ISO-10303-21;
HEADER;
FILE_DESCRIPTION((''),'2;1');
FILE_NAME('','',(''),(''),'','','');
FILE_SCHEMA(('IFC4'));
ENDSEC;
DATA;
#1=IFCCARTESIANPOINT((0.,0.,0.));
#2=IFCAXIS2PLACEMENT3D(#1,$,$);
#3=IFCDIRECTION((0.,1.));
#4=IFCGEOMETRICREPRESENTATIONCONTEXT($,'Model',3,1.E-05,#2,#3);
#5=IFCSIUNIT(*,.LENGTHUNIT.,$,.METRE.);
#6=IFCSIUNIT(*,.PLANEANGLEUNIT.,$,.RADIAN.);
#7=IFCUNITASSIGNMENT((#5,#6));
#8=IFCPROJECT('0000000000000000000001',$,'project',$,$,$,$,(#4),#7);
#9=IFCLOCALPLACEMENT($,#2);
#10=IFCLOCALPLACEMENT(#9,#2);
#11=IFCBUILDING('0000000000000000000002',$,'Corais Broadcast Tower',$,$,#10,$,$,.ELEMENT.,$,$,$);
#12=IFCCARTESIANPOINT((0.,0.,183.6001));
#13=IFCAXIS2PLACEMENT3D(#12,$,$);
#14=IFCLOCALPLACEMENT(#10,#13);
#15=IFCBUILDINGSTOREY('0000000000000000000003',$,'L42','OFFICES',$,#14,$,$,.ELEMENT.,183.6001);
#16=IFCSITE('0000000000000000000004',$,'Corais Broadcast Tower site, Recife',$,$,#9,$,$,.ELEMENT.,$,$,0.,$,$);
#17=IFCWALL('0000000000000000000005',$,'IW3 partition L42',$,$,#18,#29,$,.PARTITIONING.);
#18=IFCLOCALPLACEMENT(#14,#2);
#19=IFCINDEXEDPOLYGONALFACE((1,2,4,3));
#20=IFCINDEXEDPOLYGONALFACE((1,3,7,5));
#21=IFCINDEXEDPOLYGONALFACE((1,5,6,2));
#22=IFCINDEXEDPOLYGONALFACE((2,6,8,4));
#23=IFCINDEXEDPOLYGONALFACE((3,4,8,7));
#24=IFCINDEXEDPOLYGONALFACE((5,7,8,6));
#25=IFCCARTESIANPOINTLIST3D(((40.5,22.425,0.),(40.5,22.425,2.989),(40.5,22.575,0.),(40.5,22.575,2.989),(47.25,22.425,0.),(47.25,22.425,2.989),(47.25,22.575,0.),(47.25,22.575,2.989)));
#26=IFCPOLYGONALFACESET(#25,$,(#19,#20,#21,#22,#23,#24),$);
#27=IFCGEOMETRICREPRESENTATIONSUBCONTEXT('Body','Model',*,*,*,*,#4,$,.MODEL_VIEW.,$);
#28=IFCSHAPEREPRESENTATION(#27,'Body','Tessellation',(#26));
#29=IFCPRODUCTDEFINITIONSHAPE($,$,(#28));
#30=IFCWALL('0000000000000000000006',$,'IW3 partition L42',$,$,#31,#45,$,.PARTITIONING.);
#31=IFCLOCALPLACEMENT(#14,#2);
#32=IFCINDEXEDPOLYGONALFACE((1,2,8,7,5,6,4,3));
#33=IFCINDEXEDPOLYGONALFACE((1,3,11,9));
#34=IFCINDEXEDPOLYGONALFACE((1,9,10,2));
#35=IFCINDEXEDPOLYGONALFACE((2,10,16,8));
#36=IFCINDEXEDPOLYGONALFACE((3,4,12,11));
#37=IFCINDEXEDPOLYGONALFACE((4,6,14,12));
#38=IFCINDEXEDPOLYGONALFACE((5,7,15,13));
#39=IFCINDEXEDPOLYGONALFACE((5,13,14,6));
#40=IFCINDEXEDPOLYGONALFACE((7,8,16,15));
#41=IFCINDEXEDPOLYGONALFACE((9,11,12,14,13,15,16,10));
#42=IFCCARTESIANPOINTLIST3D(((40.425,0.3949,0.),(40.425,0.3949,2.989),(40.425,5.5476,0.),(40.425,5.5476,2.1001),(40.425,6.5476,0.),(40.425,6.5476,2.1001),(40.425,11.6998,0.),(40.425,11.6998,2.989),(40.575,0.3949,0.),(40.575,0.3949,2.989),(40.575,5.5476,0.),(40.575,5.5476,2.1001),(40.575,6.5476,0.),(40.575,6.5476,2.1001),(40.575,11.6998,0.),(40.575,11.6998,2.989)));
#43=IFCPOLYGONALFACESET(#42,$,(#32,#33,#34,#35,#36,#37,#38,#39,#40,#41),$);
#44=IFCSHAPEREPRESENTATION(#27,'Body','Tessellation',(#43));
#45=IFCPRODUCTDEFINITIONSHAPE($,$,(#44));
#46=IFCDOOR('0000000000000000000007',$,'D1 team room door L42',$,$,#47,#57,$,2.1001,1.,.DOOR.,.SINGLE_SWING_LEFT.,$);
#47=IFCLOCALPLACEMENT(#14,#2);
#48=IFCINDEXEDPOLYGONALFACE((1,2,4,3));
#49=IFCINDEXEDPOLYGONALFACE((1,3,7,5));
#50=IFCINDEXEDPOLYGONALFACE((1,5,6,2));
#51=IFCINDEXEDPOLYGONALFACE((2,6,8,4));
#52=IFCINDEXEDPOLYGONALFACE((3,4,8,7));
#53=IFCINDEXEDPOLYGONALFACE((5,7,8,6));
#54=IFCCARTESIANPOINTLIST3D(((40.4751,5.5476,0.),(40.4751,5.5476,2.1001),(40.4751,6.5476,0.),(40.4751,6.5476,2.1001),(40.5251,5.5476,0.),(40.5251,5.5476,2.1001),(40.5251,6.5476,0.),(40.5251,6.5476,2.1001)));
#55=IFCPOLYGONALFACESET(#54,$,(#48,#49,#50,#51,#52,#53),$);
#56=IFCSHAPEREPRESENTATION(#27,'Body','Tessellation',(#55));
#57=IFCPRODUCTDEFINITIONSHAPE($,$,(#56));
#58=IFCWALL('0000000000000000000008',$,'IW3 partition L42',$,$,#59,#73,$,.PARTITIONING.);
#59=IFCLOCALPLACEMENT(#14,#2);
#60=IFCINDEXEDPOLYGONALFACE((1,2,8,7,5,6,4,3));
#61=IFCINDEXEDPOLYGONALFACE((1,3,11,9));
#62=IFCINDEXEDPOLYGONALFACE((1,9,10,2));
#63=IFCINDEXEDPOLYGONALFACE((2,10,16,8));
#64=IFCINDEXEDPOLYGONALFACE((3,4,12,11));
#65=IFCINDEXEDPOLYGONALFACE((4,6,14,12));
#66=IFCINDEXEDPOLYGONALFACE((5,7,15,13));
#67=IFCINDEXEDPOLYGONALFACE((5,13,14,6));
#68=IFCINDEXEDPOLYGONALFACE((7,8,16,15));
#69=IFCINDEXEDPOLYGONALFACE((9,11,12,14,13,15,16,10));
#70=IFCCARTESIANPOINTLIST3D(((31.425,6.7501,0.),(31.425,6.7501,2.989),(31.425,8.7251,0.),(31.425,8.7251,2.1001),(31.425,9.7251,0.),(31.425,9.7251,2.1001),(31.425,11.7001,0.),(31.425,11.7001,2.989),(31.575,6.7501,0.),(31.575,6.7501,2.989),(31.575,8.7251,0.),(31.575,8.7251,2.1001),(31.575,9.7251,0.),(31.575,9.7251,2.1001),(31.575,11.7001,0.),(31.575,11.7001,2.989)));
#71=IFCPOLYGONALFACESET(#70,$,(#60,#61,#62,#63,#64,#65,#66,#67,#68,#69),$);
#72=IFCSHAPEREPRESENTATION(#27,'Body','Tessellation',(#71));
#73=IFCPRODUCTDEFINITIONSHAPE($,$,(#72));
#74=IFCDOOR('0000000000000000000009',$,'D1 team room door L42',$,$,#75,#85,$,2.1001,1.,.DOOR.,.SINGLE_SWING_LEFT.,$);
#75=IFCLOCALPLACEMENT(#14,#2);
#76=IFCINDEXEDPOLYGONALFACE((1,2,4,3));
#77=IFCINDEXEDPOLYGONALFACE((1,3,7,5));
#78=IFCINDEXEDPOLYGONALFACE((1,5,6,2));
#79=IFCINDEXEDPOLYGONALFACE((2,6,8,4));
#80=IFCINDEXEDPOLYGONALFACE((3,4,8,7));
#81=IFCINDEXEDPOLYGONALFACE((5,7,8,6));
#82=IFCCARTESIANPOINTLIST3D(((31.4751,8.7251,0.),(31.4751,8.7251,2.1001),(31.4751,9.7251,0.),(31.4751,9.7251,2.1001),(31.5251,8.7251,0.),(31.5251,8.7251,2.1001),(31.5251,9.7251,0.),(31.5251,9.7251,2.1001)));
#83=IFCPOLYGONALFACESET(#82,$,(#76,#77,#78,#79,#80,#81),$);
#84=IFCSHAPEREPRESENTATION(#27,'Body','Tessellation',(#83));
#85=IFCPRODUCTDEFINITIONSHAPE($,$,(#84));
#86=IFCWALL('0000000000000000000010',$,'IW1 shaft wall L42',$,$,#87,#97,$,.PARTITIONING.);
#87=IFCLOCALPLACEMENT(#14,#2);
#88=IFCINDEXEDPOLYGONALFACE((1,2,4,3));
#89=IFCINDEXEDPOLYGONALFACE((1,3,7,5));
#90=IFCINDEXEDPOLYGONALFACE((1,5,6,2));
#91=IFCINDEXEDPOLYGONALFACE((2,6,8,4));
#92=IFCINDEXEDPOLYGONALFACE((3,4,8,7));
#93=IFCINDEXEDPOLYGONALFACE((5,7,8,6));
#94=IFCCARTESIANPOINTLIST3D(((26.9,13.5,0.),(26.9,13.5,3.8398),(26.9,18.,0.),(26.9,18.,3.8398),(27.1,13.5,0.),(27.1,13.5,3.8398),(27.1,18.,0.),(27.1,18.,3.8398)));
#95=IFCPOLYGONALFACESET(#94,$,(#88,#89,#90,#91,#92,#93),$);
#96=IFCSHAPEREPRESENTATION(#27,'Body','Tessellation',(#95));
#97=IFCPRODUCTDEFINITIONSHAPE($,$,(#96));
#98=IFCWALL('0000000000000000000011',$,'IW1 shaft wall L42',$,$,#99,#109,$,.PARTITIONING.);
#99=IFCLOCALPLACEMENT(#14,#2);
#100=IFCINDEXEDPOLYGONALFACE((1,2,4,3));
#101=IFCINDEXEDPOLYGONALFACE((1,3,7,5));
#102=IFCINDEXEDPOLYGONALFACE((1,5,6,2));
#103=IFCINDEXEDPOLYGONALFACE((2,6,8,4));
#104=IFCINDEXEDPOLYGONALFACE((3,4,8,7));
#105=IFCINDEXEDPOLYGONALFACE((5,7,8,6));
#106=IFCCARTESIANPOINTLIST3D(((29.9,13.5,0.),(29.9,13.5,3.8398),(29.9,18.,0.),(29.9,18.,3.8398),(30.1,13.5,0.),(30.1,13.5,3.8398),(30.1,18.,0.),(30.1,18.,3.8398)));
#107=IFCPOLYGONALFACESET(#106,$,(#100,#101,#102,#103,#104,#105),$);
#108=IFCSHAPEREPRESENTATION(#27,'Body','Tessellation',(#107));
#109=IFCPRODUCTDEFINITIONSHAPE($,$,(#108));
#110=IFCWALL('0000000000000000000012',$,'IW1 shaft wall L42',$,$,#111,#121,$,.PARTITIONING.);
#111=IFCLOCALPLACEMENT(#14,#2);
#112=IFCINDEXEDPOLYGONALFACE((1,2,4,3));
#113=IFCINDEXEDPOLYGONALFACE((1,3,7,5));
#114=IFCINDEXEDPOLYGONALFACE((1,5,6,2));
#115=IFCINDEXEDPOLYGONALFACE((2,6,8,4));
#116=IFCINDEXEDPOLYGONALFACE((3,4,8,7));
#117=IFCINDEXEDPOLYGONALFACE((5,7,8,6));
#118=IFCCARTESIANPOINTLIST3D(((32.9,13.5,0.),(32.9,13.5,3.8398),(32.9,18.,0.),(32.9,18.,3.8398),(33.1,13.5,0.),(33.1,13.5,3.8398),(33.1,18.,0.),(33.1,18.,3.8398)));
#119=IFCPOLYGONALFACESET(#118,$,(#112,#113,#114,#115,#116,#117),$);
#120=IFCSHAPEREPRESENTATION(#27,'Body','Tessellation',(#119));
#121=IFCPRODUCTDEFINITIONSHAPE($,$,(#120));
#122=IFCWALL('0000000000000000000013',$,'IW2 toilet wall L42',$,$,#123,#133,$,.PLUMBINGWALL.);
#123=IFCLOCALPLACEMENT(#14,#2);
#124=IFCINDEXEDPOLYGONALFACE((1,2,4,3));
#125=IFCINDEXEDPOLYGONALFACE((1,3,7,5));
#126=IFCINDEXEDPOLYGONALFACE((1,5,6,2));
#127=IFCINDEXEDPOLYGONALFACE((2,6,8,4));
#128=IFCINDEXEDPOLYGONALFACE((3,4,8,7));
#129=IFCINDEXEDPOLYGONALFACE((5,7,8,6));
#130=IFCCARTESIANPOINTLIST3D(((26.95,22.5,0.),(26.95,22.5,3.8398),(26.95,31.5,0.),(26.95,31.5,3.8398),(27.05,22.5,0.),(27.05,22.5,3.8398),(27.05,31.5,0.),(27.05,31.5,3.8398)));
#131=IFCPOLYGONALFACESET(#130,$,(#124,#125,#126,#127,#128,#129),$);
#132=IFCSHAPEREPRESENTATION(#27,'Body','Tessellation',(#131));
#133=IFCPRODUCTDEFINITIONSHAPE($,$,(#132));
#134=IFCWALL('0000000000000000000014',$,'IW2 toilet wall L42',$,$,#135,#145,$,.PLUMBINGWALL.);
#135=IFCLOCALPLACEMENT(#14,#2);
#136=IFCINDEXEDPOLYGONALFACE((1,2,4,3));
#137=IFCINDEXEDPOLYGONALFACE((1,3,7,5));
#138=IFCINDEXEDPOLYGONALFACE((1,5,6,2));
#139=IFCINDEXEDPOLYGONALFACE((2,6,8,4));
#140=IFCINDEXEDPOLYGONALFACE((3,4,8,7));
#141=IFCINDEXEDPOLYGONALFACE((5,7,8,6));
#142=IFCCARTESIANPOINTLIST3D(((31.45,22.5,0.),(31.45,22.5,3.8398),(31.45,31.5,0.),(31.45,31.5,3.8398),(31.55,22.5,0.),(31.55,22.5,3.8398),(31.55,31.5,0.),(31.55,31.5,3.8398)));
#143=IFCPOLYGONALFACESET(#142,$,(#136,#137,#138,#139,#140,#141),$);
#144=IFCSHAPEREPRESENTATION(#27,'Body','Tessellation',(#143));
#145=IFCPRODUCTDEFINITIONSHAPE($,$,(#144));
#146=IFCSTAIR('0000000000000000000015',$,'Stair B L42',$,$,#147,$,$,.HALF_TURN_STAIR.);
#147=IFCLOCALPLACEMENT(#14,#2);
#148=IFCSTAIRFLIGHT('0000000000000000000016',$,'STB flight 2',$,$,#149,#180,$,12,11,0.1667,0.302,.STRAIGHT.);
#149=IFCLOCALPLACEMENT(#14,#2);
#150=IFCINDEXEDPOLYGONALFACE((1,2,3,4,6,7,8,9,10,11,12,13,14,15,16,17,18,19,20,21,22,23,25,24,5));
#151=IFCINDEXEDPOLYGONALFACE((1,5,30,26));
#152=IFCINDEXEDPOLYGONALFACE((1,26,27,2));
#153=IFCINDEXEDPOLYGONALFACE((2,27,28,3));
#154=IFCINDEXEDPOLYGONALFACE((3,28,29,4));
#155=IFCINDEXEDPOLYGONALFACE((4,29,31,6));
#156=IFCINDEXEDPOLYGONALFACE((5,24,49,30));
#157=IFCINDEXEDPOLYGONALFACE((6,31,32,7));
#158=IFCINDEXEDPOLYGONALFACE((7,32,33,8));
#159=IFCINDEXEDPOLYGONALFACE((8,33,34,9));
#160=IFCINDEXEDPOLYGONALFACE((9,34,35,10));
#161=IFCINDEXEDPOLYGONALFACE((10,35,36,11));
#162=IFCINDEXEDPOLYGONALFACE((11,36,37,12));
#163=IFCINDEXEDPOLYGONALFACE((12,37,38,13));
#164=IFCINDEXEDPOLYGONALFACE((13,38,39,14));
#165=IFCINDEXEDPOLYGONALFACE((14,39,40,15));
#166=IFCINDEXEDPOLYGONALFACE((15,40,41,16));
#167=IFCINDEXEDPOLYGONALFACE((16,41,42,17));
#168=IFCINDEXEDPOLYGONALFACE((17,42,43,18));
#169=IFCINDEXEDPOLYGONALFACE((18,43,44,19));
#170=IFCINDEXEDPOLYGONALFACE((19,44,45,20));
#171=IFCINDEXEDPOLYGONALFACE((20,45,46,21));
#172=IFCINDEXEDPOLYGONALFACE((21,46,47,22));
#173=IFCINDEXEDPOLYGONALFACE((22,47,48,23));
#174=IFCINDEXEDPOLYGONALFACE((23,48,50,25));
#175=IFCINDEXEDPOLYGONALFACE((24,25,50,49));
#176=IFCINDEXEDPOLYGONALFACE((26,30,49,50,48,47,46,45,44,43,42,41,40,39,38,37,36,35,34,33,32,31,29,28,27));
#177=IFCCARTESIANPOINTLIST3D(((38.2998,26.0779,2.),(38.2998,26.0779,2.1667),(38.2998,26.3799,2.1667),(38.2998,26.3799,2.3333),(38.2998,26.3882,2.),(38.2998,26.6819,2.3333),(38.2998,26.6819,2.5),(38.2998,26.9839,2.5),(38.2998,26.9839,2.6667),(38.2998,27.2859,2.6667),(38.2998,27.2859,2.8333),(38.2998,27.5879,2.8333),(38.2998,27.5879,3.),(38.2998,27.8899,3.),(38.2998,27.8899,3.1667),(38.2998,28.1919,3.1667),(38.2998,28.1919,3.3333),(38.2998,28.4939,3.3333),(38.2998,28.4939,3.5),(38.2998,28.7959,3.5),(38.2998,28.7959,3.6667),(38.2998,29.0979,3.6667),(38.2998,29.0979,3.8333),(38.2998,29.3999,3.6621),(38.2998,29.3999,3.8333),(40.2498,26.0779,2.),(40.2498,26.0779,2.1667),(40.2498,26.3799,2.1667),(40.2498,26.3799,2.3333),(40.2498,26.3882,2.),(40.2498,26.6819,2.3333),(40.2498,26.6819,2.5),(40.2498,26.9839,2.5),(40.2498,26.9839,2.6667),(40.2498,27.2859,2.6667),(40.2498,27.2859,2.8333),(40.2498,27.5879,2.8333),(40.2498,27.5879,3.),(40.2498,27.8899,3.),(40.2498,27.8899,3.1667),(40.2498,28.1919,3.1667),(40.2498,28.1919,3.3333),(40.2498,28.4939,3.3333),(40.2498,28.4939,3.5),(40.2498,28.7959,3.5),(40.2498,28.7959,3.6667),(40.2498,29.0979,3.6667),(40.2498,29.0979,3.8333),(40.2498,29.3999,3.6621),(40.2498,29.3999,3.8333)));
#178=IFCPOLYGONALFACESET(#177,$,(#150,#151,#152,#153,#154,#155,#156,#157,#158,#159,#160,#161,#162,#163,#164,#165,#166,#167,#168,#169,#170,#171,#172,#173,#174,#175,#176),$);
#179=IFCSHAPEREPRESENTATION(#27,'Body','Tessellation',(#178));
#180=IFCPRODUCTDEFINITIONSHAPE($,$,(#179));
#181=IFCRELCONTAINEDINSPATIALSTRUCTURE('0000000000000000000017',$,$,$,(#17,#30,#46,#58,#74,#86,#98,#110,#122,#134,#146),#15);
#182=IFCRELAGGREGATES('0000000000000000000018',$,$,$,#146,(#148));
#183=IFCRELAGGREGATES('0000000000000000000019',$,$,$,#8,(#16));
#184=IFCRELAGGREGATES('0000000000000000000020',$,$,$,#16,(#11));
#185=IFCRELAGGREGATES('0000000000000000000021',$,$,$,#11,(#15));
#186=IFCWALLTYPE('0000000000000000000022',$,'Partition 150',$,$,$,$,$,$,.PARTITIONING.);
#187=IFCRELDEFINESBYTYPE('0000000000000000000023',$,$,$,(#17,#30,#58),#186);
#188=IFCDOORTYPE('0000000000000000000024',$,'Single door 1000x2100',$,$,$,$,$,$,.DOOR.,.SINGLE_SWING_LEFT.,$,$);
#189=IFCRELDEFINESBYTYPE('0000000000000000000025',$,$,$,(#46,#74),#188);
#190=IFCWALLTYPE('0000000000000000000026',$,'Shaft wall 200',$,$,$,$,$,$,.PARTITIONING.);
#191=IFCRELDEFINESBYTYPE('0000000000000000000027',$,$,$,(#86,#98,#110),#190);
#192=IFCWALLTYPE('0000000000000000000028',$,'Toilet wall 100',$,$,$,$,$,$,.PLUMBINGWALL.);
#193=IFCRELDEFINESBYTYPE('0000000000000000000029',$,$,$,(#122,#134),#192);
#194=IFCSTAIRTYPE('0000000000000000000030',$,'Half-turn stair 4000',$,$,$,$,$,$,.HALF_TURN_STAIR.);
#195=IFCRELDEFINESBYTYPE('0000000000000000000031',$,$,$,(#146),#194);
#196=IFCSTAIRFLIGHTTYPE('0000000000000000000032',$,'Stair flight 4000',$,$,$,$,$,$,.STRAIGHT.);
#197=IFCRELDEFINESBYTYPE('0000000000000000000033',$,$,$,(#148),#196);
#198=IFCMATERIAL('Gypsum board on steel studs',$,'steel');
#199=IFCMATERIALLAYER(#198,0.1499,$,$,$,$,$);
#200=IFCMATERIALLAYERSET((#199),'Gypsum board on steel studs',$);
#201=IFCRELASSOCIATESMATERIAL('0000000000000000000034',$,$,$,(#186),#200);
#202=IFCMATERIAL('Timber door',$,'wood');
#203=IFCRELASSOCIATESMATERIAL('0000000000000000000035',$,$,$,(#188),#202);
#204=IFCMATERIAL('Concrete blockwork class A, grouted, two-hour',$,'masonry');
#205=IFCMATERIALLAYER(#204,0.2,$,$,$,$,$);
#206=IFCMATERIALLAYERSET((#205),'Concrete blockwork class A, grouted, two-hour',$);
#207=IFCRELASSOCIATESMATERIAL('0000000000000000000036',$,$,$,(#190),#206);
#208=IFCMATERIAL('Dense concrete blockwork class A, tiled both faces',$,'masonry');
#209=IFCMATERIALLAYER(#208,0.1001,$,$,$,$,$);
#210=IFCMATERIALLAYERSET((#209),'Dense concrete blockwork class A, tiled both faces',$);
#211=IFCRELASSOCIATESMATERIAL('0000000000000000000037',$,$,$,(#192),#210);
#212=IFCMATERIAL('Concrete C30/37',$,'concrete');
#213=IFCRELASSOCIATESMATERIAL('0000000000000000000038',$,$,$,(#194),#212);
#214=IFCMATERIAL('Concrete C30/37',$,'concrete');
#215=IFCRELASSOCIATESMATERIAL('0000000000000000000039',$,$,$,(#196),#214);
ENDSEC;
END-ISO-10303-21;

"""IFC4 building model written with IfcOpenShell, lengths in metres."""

from ifc_helpers import new_model, si_unit, direction, frame, frame_2d, origin, place, context, subcontext, project, spatial, polyline, rectangle, outline, extrude, material, layer, layer_set, type_object, element, fill, aggregate, save


model = new_model("IFC4")

# Units and contexts
model_context = context("Model", 3, precision=1e-05, world=origin(), true_north=direction((0.0, 1.0)))
body_context = subcontext(model_context, "Body", "Model", "MODEL_VIEW")
ifc_project = project(units=[si_unit("LENGTHUNIT", "METRE"), si_unit("PLANEANGLEUNIT", "RADIAN")], contexts=[model_context])

# Site, building, storey
site_placement = place(None, origin())
site = spatial("IfcSite", under=ifc_project, at=site_placement, Name="Corais Broadcast Tower site, Recife", CompositionType="ELEMENT", RefElevation=0.0)
building_placement = place(site_placement, origin())
building = spatial("IfcBuilding", under=site, at=building_placement, Name="Corais Broadcast Tower", CompositionType="ELEMENT")
storey_placement = place(building_placement, frame((0.0, 0.0, 183.6001)))
storey = spatial("IfcBuildingStorey", under=building, at=storey_placement, Name="L42", Description="OFFICES", CompositionType="ELEMENT", Elevation=183.6001)

# Shared definitions
ifc_material_1 = material(Name="Gypsum board on steel studs", Category="steel")
ifc_layer_1 = layer(ifc_material_1, 0.1499)
ifc_layer_set_1 = layer_set([ifc_layer_1], Name="Gypsum board on steel studs")
wall_type_1 = type_object("IfcWallType", Name="Partition 150", PredefinedType="PARTITIONING", material=ifc_layer_set_1)

# Shared definitions
ifc_material_2 = material(Name="Timber door", Category="wood")
door_type_1 = type_object("IfcDoorType", Name="Single door 1000x2100", OperationType="SINGLE_SWING_LEFT", PredefinedType="DOOR", material=ifc_material_2)

# Wall
wall_1_placement = place(storey_placement, frame((40.5, 22.5, 0.0), z_axis=(0.0, 0.0, 1.0), x_axis=(1.0, 0.0, 0.0)))
element("IfcWall", 1, at=wall_1_placement, inside=storey, type_object=wall_type_1, Name="IW3 partition L42", PredefinedType="PARTITIONING", context=body_context, shape_type="SweptSolid", body=[
    extrude(rectangle(XDim=6.75, YDim=0.1499, at=frame_2d((3.375, 0.0))), origin(), (0.0, 0.0, 1.0), 2.989),
])

# Walls, openings, doors
wall_2_placement = place(storey_placement, frame((40.5, 0.395, 0.0), z_axis=(0.0, 0.0, 1.0), x_axis=(0.0, 1.0, 0.0)))
wall_2 = element("IfcWall", 2, at=wall_2_placement, inside=storey, type_object=wall_type_1, Name="IW3 partition L42", PredefinedType="PARTITIONING", context=body_context, shape_type="SweptSolid", body=[
    extrude(rectangle(XDim=11.3049, YDim=0.1499, at=frame_2d((5.6523, 0.0))), origin(), (0.0, 0.0, 1.0), 2.989),
])
opening_1_placement = place(wall_2_placement, frame((5.1526, 0.0, 0.0)))
opening_1 = element("IfcOpeningElement", 3, at=opening_1_placement, cuts=wall_2, PredefinedType="OPENING", context=body_context, shape_type="SweptSolid", body=[
    extrude(rectangle(XDim=1.0, YDim=2.1001, at=frame_2d((0.5, 1.05))), frame((0.0, 0.085, 0.0), z_axis=(0.0, -1.0, 0.0), x_axis=(1.0, 0.0, 0.0)), (0.0, 0.0, 1.0), 0.1699),
])
door_1_placement = place(opening_1_placement, origin())
door_1 = element("IfcDoor", 4, at=door_1_placement, inside=storey, type_object=door_type_1, Name="D1 team room door L42", OperationType="SINGLE_SWING_LEFT", OverallHeight=2.1001, OverallWidth=1.0, PredefinedType="DOOR", context=body_context, shape_type="SweptSolid", body=[
    extrude(rectangle(XDim=1.0, YDim=2.1001, at=frame_2d((0.5, 1.05))), frame((0.0, 0.0249, 0.0), z_axis=(0.0, -1.0, 0.0), x_axis=(1.0, 0.0, 0.0)), (0.0, 0.0, 1.0), 0.05),
])
fill(opening_1, door_1)
wall_3_placement = place(storey_placement, frame((31.5, 6.75, 0.0), z_axis=(0.0, 0.0, 1.0), x_axis=(0.0, 1.0, 0.0)))
wall_3 = element("IfcWall", 5, at=wall_3_placement, inside=storey, type_object=wall_type_1, Name="IW3 partition L42", PredefinedType="PARTITIONING", context=body_context, shape_type="SweptSolid", body=[
    extrude(rectangle(XDim=4.95, YDim=0.1499, at=frame_2d((2.4751, 0.0))), origin(), (0.0, 0.0, 1.0), 2.989),
])
opening_2_placement = place(wall_3_placement, frame((1.9751, 0.0, 0.0)))
opening_2 = element("IfcOpeningElement", 6, at=opening_2_placement, cuts=wall_3, PredefinedType="OPENING", context=body_context, shape_type="SweptSolid", body=[
    extrude(rectangle(XDim=1.0, YDim=2.1001, at=frame_2d((0.5, 1.05))), frame((0.0, 0.085, 0.0), z_axis=(0.0, -1.0, 0.0), x_axis=(1.0, 0.0, 0.0)), (0.0, 0.0, 1.0), 0.1699),
])
door_2_placement = place(opening_2_placement, origin())
door_2 = element("IfcDoor", 7, at=door_2_placement, inside=storey, type_object=door_type_1, Name="D1 team room door L42", OperationType="SINGLE_SWING_LEFT", OverallHeight=2.1001, OverallWidth=1.0, PredefinedType="DOOR", context=body_context, shape_type="SweptSolid", body=[
    extrude(rectangle(XDim=1.0, YDim=2.1001, at=frame_2d((0.5, 1.05))), frame((0.0, 0.0249, 0.0), z_axis=(0.0, -1.0, 0.0), x_axis=(1.0, 0.0, 0.0)), (0.0, 0.0, 1.0), 0.05),
])
fill(opening_2, door_2)

# Walls
ifc_material_3 = material(Name="Concrete blockwork class A, grouted, two-hour", Category="masonry")
ifc_layer_2 = layer(ifc_material_3, 0.2)
ifc_layer_set_2 = layer_set([ifc_layer_2], Name="Concrete blockwork class A, grouted, two-hour")
wall_type_2 = type_object("IfcWallType", Name="Shaft wall 200", PredefinedType="PARTITIONING", material=ifc_layer_set_2)
for number, where, z_axis, x_axis, name in (
    (8, (27.0, 13.5, 0.0), (0.0, 0.0, 1.0), (0.0, 1.0, 0.0), "IW1 shaft wall L42"),
    (9, (30.0, 13.5, 0.0), (0.0, 0.0, 1.0), (0.0, 1.0, 0.0), "IW1 shaft wall L42"),
    (10, (33.0, 13.5, 0.0), (0.0, 0.0, 1.0), (0.0, 1.0, 0.0), "IW1 shaft wall L42"),
):
    element("IfcWall", number, at=place(storey_placement, frame(where, z_axis=z_axis, x_axis=x_axis)), inside=storey, type_object=wall_type_2, Name=name, PredefinedType="PARTITIONING", context=body_context, shape_type="SweptSolid", body=[
        extrude(rectangle(XDim=4.5, YDim=0.2, at=frame_2d((2.25, 0.0))), origin(), (0.0, 0.0, 1.0), 3.8398),
    ])
ifc_material_4 = material(Name="Dense concrete blockwork class A, tiled both faces", Category="masonry")
ifc_layer_3 = layer(ifc_material_4, 0.1001)
ifc_layer_set_3 = layer_set([ifc_layer_3], Name="Dense concrete blockwork class A, tiled both faces")
wall_type_3 = type_object("IfcWallType", Name="Toilet wall 100", PredefinedType="PLUMBINGWALL", material=ifc_layer_set_3)
for number, where, z_axis, x_axis, name in (
    (11, (27.0, 22.5, 0.0), (0.0, 0.0, 1.0), (0.0, 1.0, 0.0), "IW2 toilet wall L42"),
    (12, (31.5, 22.5, 0.0), (0.0, 0.0, 1.0), (0.0, 1.0, 0.0), "IW2 toilet wall L42"),
):
    element("IfcWall", number, at=place(storey_placement, frame(where, z_axis=z_axis, x_axis=x_axis)), inside=storey, type_object=wall_type_3, Name=name, PredefinedType="PLUMBINGWALL", context=body_context, shape_type="SweptSolid", body=[
        extrude(rectangle(XDim=9.0, YDim=0.1001, at=frame_2d((4.5, 0.0))), origin(), (0.0, 0.0, 1.0), 3.8398),
    ])

# Stair, stair flight
ifc_material_5 = material(Name="Concrete C30/37", Category="concrete")
stair_type = type_object("IfcStairType", Name="Half-turn stair 4000", PredefinedType="HALF_TURN_STAIR", material=ifc_material_5)
stair_placement = place(storey_placement, origin())
stair = element("IfcStair", 13, at=stair_placement, inside=storey, type_object=stair_type, Name="Stair B L42", PredefinedType="HALF_TURN_STAIR")
ifc_material_6 = material(Name="Concrete C30/37", Category="concrete")
stair_flight_type = type_object("IfcStairFlightType", Name="Stair flight 4000", PredefinedType="STRAIGHT", material=ifc_material_6)
stair_flight_placement = place(storey_placement, frame((39.2749, 26.0779, 2.0), z_axis=(0.0, 0.0, 1.0), x_axis=(0.0, 1.0, 0.0)))
stair_flight = element("IfcStairFlight", 14, at=stair_flight_placement, type_object=stair_flight_type, Name="STB flight 2", NumberOfRisers=12, NumberOfTreads=11, PredefinedType="STRAIGHT", RiserHeight=0.1667, TreadLength=0.302, context=body_context, shape_type="SweptSolid", body=[
    extrude(outline(polyline([(0.0, 0.0), (0.0, 0.1667), (0.302, 0.1667), (0.302, 0.3333), (0.604, 0.3333), (0.604, 0.5), (0.906, 0.5), (0.906, 0.6667), (1.208, 0.6667), (1.208, 0.8333), (1.51, 0.8333), (1.51, 1.0), (1.812, 1.0), (1.812, 1.1667), (2.114, 1.1667), (2.114, 1.3333), (2.416, 1.3333), (2.416, 1.5), (2.718, 1.5), (2.718, 1.6667), (3.02, 1.6667), (3.02, 1.8333), (3.322, 1.8333), (3.322, 2.0), (3.322, 1.6621), (0.3103, 0.0), (0.0, 0.0)])), frame((0.0, 0.9751, 0.0), z_axis=(0.0, -1.0, 0.0), x_axis=(1.0, 0.0, 0.0)), (0.0, 0.0, 1.0), 1.95),
])
aggregate(stair, [stair_flight])

save(model, "model.ifc")
